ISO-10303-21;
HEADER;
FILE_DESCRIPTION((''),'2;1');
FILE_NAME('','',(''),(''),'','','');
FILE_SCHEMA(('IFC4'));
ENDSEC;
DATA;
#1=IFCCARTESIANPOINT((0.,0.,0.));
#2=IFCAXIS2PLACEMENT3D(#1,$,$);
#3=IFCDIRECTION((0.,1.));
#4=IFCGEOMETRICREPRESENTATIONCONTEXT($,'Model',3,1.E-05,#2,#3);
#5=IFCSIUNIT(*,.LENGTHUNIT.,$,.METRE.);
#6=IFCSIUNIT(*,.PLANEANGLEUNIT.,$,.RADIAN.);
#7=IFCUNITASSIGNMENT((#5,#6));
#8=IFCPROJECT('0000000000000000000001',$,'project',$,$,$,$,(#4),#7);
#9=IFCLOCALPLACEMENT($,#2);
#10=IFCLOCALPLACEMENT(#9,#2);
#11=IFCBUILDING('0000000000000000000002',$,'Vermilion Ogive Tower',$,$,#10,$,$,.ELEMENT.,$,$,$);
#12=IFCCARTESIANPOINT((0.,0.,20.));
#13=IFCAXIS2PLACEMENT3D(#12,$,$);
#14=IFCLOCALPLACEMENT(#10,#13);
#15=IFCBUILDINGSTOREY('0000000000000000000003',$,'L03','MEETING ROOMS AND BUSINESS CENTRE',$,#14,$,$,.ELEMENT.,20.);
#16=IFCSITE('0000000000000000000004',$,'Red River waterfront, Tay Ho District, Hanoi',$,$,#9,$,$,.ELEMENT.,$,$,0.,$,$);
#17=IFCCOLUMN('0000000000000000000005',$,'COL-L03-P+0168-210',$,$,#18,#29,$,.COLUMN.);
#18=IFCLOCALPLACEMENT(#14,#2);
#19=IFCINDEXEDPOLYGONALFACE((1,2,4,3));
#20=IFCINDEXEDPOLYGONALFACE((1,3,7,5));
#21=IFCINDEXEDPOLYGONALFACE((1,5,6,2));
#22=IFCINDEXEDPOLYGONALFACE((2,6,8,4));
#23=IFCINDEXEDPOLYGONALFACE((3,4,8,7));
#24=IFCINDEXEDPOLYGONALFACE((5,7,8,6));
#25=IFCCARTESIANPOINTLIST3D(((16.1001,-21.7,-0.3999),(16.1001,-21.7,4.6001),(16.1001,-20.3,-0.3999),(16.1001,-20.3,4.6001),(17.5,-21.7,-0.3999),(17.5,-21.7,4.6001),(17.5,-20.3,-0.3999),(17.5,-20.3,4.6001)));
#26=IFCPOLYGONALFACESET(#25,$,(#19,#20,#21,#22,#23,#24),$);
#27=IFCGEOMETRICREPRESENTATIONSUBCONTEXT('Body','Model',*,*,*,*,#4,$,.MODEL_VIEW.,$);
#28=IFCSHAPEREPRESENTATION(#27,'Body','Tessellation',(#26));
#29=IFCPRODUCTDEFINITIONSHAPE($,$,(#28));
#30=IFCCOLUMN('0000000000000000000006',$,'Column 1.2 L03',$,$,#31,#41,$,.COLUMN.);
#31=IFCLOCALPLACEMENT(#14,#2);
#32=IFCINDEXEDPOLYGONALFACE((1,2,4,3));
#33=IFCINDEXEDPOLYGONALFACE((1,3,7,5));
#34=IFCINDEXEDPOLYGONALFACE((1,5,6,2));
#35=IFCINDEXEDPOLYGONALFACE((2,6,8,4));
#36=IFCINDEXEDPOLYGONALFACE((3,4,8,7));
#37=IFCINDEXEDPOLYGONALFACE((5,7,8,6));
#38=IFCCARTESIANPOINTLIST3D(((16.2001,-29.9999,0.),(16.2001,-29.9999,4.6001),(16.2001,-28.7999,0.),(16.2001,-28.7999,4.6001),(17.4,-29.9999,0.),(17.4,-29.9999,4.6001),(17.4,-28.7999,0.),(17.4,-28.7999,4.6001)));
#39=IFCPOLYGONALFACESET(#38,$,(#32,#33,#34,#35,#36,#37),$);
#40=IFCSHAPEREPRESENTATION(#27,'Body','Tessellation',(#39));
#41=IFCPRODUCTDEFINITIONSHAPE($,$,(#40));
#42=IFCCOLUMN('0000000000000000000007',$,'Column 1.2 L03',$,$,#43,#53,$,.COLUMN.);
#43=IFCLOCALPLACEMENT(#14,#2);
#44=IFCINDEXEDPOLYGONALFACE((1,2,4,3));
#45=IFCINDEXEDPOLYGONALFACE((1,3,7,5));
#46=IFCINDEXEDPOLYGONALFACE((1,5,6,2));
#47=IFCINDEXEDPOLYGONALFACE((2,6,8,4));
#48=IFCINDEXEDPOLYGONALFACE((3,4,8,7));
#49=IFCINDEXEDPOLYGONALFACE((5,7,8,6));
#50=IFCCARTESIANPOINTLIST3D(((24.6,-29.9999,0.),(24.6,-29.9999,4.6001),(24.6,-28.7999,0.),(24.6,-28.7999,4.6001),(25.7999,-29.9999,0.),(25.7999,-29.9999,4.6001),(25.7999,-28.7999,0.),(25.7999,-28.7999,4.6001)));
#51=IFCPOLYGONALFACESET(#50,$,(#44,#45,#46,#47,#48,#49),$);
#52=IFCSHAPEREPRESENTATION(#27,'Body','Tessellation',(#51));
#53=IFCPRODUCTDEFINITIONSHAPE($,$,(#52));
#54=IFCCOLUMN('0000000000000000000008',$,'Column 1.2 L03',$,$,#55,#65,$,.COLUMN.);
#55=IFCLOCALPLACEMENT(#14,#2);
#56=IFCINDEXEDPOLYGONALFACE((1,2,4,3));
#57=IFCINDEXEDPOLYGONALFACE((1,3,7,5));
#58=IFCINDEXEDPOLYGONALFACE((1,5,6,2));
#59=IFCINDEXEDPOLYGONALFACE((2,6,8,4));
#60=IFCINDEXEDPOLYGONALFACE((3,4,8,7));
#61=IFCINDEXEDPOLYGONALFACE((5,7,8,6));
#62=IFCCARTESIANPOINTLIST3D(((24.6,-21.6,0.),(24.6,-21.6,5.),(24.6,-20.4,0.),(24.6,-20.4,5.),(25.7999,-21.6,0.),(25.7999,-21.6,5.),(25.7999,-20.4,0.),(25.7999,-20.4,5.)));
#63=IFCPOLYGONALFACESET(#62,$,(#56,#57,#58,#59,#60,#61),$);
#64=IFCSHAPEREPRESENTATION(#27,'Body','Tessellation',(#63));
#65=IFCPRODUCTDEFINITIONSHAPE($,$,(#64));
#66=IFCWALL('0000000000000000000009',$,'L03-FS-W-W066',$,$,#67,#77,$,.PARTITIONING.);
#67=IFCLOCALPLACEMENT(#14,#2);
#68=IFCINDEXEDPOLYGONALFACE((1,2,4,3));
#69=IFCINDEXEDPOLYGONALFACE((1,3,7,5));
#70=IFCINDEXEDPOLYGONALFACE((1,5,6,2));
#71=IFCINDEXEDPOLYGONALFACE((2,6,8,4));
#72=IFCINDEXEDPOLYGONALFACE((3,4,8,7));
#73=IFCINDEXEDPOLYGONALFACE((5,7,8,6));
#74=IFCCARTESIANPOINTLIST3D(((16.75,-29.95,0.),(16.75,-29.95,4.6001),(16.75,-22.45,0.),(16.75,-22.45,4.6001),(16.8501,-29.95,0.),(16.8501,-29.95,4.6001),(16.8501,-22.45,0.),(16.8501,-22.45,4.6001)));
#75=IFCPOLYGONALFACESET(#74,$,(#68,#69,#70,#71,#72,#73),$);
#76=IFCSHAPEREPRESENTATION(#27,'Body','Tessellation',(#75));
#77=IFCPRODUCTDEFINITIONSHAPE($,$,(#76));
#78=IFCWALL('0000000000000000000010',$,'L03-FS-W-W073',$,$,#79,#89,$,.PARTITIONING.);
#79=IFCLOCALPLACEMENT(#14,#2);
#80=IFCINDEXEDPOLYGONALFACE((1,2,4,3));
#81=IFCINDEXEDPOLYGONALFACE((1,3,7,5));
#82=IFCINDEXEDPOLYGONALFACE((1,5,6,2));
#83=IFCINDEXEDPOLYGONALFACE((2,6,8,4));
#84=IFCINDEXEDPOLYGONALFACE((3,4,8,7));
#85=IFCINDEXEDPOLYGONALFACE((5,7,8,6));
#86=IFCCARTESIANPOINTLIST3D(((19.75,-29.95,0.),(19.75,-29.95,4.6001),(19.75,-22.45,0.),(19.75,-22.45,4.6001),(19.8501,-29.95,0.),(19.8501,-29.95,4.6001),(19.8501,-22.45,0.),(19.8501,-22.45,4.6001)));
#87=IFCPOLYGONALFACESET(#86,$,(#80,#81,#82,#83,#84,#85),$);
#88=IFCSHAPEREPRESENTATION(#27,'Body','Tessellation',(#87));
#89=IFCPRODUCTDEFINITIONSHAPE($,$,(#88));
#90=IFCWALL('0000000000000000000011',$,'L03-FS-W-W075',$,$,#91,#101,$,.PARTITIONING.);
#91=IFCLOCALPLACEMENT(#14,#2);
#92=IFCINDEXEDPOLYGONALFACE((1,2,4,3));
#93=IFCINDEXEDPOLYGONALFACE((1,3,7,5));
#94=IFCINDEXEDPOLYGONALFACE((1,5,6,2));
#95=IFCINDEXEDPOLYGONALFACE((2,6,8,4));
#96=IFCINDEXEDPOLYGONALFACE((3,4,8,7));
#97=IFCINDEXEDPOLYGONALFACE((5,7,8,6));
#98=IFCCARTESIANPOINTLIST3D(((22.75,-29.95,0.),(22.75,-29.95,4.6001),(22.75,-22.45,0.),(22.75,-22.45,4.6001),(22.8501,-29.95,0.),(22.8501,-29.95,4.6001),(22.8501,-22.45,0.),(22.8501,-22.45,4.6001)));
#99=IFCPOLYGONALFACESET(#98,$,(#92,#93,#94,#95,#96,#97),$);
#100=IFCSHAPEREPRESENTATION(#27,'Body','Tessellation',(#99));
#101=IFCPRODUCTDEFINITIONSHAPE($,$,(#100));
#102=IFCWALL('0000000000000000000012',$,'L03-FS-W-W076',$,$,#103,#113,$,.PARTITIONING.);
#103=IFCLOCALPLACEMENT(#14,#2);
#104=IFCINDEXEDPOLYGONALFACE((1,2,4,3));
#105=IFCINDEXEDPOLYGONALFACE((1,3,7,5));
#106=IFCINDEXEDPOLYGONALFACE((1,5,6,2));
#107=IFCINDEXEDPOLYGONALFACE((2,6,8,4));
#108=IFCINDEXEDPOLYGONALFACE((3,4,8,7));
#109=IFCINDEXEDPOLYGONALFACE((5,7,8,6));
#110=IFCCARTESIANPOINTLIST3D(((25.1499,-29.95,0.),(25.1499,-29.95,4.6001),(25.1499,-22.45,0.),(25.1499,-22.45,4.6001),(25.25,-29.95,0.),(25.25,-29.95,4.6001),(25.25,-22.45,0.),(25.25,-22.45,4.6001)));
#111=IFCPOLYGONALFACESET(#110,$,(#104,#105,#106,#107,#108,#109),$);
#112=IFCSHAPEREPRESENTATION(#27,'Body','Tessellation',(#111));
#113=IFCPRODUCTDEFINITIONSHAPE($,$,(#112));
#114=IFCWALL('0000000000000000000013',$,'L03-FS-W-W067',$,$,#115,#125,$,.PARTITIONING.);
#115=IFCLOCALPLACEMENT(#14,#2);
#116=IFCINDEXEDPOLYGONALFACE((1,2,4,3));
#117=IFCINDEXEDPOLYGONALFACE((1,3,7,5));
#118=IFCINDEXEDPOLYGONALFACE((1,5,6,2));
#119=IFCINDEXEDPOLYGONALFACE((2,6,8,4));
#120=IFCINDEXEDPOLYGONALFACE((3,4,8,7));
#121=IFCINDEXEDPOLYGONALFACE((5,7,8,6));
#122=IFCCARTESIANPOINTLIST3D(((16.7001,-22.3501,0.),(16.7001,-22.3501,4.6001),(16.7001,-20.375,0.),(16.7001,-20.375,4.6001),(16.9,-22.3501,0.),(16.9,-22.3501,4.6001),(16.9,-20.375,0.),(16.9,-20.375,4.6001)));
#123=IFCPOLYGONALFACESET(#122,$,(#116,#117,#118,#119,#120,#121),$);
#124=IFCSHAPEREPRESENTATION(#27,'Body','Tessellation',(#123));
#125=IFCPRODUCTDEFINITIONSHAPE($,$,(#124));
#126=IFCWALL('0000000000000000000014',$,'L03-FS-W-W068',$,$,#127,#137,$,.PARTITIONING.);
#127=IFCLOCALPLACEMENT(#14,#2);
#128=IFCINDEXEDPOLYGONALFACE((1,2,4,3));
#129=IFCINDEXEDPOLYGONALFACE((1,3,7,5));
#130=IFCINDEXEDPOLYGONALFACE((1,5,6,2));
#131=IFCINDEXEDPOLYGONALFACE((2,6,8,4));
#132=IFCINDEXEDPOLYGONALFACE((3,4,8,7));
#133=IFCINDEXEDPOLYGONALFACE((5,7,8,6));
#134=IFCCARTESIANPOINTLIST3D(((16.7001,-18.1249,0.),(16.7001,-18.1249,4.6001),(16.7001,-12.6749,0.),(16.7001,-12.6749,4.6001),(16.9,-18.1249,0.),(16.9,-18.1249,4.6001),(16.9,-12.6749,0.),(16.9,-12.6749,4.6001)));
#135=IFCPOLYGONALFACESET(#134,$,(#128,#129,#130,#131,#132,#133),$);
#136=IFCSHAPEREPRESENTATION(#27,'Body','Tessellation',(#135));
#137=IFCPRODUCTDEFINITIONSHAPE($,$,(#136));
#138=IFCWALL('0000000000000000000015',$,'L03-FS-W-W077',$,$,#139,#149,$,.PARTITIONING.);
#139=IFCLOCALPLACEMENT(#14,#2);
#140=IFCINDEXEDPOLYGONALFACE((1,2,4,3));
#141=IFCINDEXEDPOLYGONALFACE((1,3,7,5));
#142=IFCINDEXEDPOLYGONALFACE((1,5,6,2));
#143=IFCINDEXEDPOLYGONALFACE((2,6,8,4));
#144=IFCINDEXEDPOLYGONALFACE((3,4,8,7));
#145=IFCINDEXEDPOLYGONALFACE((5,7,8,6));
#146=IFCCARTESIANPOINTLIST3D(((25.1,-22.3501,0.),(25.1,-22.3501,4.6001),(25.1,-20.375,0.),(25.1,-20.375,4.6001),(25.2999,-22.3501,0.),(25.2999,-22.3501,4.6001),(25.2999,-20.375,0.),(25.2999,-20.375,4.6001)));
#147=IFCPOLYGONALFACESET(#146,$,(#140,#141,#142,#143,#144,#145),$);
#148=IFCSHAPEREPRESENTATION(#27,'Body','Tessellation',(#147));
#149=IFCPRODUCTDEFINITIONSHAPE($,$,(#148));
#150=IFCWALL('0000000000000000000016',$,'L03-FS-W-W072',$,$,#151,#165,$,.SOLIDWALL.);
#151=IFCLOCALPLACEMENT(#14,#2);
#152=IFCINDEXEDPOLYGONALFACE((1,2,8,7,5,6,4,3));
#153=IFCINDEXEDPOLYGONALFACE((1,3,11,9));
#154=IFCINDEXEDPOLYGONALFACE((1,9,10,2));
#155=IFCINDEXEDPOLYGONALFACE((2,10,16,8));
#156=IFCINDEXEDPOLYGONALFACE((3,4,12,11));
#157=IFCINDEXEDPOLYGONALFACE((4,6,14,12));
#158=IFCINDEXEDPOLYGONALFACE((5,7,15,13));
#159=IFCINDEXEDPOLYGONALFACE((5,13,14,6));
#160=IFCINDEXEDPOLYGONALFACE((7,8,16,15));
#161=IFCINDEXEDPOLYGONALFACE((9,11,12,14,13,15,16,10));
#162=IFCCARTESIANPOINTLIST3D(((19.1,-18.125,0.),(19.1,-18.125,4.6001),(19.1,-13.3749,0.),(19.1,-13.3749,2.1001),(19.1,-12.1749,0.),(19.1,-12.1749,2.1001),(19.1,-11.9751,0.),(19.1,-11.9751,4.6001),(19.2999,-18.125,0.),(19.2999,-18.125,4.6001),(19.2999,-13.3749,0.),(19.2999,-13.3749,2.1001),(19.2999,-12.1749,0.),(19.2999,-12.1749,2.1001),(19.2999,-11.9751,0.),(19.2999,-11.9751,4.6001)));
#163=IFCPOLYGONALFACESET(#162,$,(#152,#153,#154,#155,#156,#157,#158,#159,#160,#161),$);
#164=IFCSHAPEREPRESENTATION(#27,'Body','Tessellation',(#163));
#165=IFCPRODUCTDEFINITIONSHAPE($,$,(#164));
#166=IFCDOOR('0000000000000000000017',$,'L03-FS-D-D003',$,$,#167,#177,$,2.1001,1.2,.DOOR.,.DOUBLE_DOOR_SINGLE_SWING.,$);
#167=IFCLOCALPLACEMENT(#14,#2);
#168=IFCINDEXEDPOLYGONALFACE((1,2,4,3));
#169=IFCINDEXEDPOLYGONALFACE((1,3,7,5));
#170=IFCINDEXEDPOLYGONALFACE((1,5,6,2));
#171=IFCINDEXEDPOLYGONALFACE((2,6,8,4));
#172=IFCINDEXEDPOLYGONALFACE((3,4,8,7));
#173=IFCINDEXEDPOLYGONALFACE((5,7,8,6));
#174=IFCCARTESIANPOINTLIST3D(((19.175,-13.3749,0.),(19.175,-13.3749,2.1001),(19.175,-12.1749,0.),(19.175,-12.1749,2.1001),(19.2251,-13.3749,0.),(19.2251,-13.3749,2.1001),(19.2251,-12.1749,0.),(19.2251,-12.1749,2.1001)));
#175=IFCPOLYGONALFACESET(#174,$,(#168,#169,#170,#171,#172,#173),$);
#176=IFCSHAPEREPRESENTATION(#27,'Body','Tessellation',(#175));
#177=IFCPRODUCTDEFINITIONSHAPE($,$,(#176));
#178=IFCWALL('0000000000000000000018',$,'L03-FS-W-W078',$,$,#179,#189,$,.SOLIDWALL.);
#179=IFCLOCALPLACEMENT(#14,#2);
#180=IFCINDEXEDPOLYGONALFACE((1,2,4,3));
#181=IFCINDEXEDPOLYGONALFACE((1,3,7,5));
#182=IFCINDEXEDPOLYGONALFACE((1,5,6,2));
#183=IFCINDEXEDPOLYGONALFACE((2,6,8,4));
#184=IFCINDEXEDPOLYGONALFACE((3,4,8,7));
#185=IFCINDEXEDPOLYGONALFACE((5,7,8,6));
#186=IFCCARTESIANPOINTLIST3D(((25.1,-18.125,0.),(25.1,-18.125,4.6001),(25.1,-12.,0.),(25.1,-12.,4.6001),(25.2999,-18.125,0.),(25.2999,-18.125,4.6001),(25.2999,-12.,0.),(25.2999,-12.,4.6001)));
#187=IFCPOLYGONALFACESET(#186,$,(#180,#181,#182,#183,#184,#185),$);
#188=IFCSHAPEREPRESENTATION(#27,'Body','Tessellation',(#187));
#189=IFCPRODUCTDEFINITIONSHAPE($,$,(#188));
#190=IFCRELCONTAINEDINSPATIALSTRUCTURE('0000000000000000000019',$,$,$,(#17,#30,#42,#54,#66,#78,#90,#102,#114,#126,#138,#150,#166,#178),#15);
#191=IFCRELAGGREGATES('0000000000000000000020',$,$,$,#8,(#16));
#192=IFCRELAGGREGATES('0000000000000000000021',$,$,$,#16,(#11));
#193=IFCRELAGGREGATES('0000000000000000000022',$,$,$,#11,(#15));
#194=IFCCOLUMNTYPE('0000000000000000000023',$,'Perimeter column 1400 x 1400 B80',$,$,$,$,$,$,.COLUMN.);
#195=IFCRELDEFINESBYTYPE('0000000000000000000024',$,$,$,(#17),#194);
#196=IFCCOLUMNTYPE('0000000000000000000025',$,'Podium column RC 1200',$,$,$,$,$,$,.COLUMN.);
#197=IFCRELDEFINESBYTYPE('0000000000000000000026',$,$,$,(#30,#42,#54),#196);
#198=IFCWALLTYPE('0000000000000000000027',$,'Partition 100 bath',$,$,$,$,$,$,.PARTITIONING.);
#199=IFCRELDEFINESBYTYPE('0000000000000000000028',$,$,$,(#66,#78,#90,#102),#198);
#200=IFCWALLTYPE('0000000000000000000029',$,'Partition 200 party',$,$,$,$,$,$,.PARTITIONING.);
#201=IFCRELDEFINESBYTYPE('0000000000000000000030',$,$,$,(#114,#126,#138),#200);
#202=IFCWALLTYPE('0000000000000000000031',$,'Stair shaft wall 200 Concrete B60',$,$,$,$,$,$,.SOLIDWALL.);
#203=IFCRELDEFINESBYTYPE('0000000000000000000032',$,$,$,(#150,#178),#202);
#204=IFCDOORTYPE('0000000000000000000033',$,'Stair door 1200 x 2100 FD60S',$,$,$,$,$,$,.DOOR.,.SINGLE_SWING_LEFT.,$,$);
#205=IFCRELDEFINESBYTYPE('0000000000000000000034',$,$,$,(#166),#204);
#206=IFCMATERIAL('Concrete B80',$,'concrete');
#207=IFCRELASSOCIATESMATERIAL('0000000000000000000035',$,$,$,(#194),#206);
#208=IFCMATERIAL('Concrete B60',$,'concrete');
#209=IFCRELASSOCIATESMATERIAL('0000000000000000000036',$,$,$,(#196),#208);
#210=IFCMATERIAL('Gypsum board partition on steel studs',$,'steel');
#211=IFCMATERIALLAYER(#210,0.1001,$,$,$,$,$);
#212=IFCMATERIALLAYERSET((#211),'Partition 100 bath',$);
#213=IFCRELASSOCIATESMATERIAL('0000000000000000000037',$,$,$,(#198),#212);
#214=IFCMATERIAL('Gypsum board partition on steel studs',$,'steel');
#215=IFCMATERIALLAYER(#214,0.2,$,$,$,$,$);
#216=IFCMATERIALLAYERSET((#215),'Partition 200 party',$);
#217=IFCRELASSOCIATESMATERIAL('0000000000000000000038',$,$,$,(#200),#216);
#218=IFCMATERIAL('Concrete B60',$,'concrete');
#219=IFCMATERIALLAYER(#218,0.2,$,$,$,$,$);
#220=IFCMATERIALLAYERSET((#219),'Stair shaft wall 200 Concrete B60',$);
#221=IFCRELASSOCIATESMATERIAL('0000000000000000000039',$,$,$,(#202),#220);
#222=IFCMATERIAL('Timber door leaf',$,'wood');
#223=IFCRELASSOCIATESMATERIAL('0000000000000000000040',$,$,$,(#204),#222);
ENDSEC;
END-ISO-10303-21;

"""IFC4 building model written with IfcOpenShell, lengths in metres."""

from ifc_helpers import new_model, si_unit, direction, frame, frame_2d, origin, origin_2d, place, context, subcontext, project, spatial, rectangle, extrude, material, layer, layer_set, material_profile, profile_set, type_object, element, fill, save


model = new_model("IFC4")

# Units and contexts
model_context = context("Model", 3, precision=1e-05, world=origin(), true_north=direction((0.0, 1.0)))
body_context = subcontext(model_context, "Body", "Model", "MODEL_VIEW")
ifc_project = project(units=[si_unit("LENGTHUNIT", "METRE"), si_unit("PLANEANGLEUNIT", "RADIAN")], contexts=[model_context])

# Site, building, storey
site_placement = place(None, origin())
site = spatial("IfcSite", under=ifc_project, at=site_placement, Name="Red River waterfront, Tay Ho District, Hanoi", CompositionType="ELEMENT", RefElevation=0.0)
building_placement = place(site_placement, origin())
building = spatial("IfcBuilding", under=site, at=building_placement, Name="Vermilion Ogive Tower", CompositionType="ELEMENT")
storey_placement = place(building_placement, frame((0.0, 0.0, 20.0)))
storey = spatial("IfcBuildingStorey", under=building, at=storey_placement, Name="L03", Description="MEETING ROOMS AND BUSINESS CENTRE", CompositionType="ELEMENT", Elevation=20.0)

# Columns
ifc_material_1 = material(Name="Concrete B80", Category="concrete")
ifc_material_profile_1 = material_profile(ifc_material_1, rectangle(XDim=1.3999, YDim=1.3999, at=origin_2d()), Name="1400 x 1400")
ifc_profile_set_1 = profile_set([ifc_material_profile_1], Name="Concrete B80")
column_type_1 = type_object("IfcColumnType", Name="Perimeter column 1400 x 1400 B80", PredefinedType="COLUMN", material=ifc_profile_set_1)
column_1_placement = place(storey_placement, frame((16.8, -21.0, -0.3999), z_axis=(0.0, 0.0, 1.0), x_axis=(1.0, 0.0, 0.0)))
element("IfcColumn", 1, at=column_1_placement, inside=storey, type_object=column_type_1, Name="COL-L03-P+0168-210", PredefinedType="COLUMN", context=body_context, shape_type="SweptSolid", body=[
    extrude(rectangle(XDim=1.3999, YDim=1.3999, at=origin_2d()), origin(), (0.0, 0.0, 1.0), 5.0),
])
ifc_material_2 = material(Name="Concrete B60", Category="concrete")
ifc_material_profile_2 = material_profile(ifc_material_2, rectangle(XDim=1.2, YDim=1.2, at=origin_2d()), Name="RC 1200x1200")
ifc_profile_set_2 = profile_set([ifc_material_profile_2], Name="Concrete B60")
column_type_2 = type_object("IfcColumnType", Name="Podium column RC 1200", PredefinedType="COLUMN", material=ifc_profile_set_2)
for number, where, z_axis, x_axis, name in (
    (2, (16.8, -29.3999, 0.0), (0.0, 0.0, 1.0), (1.0, 0.0, 0.0), "Column 1.2 L03"),
    (3, (25.2, -29.3999, 0.0), (0.0, 0.0, 1.0), (1.0, 0.0, 0.0), "Column 1.2 L03"),
):
    element("IfcColumn", number, at=place(storey_placement, frame(where, z_axis=z_axis, x_axis=x_axis)), inside=storey, type_object=column_type_2, Name=name, PredefinedType="COLUMN", context=body_context, shape_type="SweptSolid", body=[
        extrude(rectangle(XDim=1.2, YDim=1.2, at=origin_2d()), origin(), (0.0, 0.0, 1.0), 4.6001),
    ])
column_2_placement = place(storey_placement, frame((25.2, -21.0, 0.0), z_axis=(0.0, 0.0, 1.0), x_axis=(1.0, 0.0, 0.0)))
element("IfcColumn", 4, at=column_2_placement, inside=storey, type_object=column_type_2, Name="Column 1.2 L03", PredefinedType="COLUMN", context=body_context, shape_type="SweptSolid", body=[
    extrude(rectangle(XDim=1.2, YDim=1.2, at=origin_2d()), origin(), (0.0, 0.0, 1.0), 5.0),
])

# Walls
ifc_material_3 = material(Name="Gypsum board partition on steel studs", Category="steel")
ifc_layer_1 = layer(ifc_material_3, 0.1001)
ifc_layer_set_1 = layer_set([ifc_layer_1], Name="Partition 100 bath")
wall_type_1 = type_object("IfcWallType", Name="Partition 100 bath", PredefinedType="PARTITIONING", material=ifc_layer_set_1)
for number, where, z_axis, x_axis, name in (
    (5, (16.8, -29.95, 0.0), (0.0, 0.0, 1.0), (0.0, 1.0, 0.0), "L03-FS-W-W066"),
    (6, (19.8, -29.95, 0.0), (0.0, 0.0, 1.0), (0.0, 1.0, 0.0), "L03-FS-W-W073"),
    (7, (22.8, -29.95, 0.0), (0.0, 0.0, 1.0), (0.0, 1.0, 0.0), "L03-FS-W-W075"),
    (8, (25.2, -29.95, 0.0), (0.0, 0.0, 1.0), (0.0, 1.0, 0.0), "L03-FS-W-W076"),
):
    element("IfcWall", number, at=place(storey_placement, frame(where, z_axis=z_axis, x_axis=x_axis)), inside=storey, type_object=wall_type_1, Name=name, PredefinedType="PARTITIONING", context=body_context, shape_type="SweptSolid", body=[
        extrude(rectangle(XDim=7.5, YDim=0.1001, at=frame_2d((3.75, 0.0))), origin(), (0.0, 0.0, 1.0), 4.6001),
    ])
ifc_material_4 = material(Name="Gypsum board partition on steel studs", Category="steel")
ifc_layer_2 = layer(ifc_material_4, 0.2)
ifc_layer_set_2 = layer_set([ifc_layer_2], Name="Partition 200 party")
wall_type_2 = type_object("IfcWallType", Name="Partition 200 party", PredefinedType="PARTITIONING", material=ifc_layer_set_2)
wall_1_placement = place(storey_placement, frame((16.8, -22.3501, 0.0), z_axis=(0.0, 0.0, 1.0), x_axis=(0.0, 1.0, 0.0)))
element("IfcWall", 9, at=wall_1_placement, inside=storey, type_object=wall_type_2, Name="L03-FS-W-W067", PredefinedType="PARTITIONING", context=body_context, shape_type="SweptSolid", body=[
    extrude(rectangle(XDim=1.9751, YDim=0.2, at=frame_2d((0.9875, 0.0))), origin(), (0.0, 0.0, 1.0), 4.6001),
])
wall_2_placement = place(storey_placement, frame((16.8, -18.125, 0.0), z_axis=(0.0, 0.0, 1.0), x_axis=(0.0, 1.0, 0.0)))
element("IfcWall", 10, at=wall_2_placement, inside=storey, type_object=wall_type_2, Name="L03-FS-W-W068", PredefinedType="PARTITIONING", context=body_context, shape_type="SweptSolid", body=[
    extrude(rectangle(XDim=5.45, YDim=0.2, at=frame_2d((2.7251, 0.0))), origin(), (0.0, 0.0, 1.0), 4.6001),
])
wall_3_placement = place(storey_placement, frame((25.2, -22.3501, 0.0), z_axis=(0.0, 0.0, 1.0), x_axis=(0.0, 1.0, 0.0)))
element("IfcWall", 11, at=wall_3_placement, inside=storey, type_object=wall_type_2, Name="L03-FS-W-W077", PredefinedType="PARTITIONING", context=body_context, shape_type="SweptSolid", body=[
    extrude(rectangle(XDim=1.9751, YDim=0.2, at=frame_2d((0.9875, 0.0))), origin(), (0.0, 0.0, 1.0), 4.6001),
])

# Wall, opening, door
ifc_material_5 = material(Name="Concrete B60", Category="concrete")
ifc_layer_3 = layer(ifc_material_5, 0.2)
ifc_layer_set_3 = layer_set([ifc_layer_3], Name="Stair shaft wall 200 Concrete B60")
wall_type_3 = type_object("IfcWallType", Name="Stair shaft wall 200 Concrete B60", PredefinedType="SOLIDWALL", material=ifc_layer_set_3)
wall_4_placement = place(storey_placement, frame((19.2, -18.125, 0.0), z_axis=(0.0, 0.0, 1.0), x_axis=(0.0, 1.0, 0.0)))
wall_4 = element("IfcWall", 12, at=wall_4_placement, inside=storey, type_object=wall_type_3, Name="L03-FS-W-W072", PredefinedType="SOLIDWALL", context=body_context, shape_type="SweptSolid", body=[
    extrude(rectangle(XDim=6.1499, YDim=0.2, at=frame_2d((3.075, 0.0))), origin(), (0.0, 0.0, 1.0), 4.6001),
])
opening_1_placement = place(wall_4_placement, frame((4.75, 0.0, 0.0)))
opening_1 = element("IfcOpeningElement", 13, at=opening_1_placement, cuts=wall_4, PredefinedType="OPENING", context=body_context, shape_type="SweptSolid", body=[
    extrude(rectangle(XDim=1.2, YDim=2.1001, at=frame_2d((0.6001, 1.05))), frame((0.0, 0.1099, 0.0), z_axis=(0.0, -1.0, 0.0), x_axis=(1.0, 0.0, 0.0)), (0.0, 0.0, 1.0), 0.22),
])
ifc_material_6 = material(Name="Timber door leaf", Category="wood")
door_type = type_object("IfcDoorType", Name="Stair door 1200 x 2100 FD60S", OperationType="SINGLE_SWING_LEFT", PredefinedType="DOOR", material=ifc_material_6)
door_placement = place(opening_1_placement, origin())
door = element("IfcDoor", 14, at=door_placement, inside=storey, type_object=door_type, Name="L03-FS-D-D003", OperationType="DOUBLE_DOOR_SINGLE_SWING", OverallHeight=2.1001, OverallWidth=1.2, PredefinedType="DOOR", context=body_context, shape_type="SweptSolid", body=[
    extrude(rectangle(XDim=1.2, YDim=2.1001, at=frame_2d((0.6001, 1.05))), frame((0.0, 0.0249, 0.0), z_axis=(0.0, -1.0, 0.0), x_axis=(1.0, 0.0, 0.0)), (0.0, 0.0, 1.0), 0.05),
])
fill(opening_1, door)

# Wall
wall_5_placement = place(storey_placement, frame((25.2, -18.125, 0.0), z_axis=(0.0, 0.0, 1.0), x_axis=(0.0, 1.0, 0.0)))
element("IfcWall", 15, at=wall_5_placement, inside=storey, type_object=wall_type_3, Name="L03-FS-W-W078", PredefinedType="SOLIDWALL", context=body_context, shape_type="SweptSolid", body=[
    extrude(rectangle(XDim=6.125, YDim=0.2, at=frame_2d((3.0625, 0.0))), origin(), (0.0, 0.0, 1.0), 4.6001),
])

save(model, "model.ifc")
